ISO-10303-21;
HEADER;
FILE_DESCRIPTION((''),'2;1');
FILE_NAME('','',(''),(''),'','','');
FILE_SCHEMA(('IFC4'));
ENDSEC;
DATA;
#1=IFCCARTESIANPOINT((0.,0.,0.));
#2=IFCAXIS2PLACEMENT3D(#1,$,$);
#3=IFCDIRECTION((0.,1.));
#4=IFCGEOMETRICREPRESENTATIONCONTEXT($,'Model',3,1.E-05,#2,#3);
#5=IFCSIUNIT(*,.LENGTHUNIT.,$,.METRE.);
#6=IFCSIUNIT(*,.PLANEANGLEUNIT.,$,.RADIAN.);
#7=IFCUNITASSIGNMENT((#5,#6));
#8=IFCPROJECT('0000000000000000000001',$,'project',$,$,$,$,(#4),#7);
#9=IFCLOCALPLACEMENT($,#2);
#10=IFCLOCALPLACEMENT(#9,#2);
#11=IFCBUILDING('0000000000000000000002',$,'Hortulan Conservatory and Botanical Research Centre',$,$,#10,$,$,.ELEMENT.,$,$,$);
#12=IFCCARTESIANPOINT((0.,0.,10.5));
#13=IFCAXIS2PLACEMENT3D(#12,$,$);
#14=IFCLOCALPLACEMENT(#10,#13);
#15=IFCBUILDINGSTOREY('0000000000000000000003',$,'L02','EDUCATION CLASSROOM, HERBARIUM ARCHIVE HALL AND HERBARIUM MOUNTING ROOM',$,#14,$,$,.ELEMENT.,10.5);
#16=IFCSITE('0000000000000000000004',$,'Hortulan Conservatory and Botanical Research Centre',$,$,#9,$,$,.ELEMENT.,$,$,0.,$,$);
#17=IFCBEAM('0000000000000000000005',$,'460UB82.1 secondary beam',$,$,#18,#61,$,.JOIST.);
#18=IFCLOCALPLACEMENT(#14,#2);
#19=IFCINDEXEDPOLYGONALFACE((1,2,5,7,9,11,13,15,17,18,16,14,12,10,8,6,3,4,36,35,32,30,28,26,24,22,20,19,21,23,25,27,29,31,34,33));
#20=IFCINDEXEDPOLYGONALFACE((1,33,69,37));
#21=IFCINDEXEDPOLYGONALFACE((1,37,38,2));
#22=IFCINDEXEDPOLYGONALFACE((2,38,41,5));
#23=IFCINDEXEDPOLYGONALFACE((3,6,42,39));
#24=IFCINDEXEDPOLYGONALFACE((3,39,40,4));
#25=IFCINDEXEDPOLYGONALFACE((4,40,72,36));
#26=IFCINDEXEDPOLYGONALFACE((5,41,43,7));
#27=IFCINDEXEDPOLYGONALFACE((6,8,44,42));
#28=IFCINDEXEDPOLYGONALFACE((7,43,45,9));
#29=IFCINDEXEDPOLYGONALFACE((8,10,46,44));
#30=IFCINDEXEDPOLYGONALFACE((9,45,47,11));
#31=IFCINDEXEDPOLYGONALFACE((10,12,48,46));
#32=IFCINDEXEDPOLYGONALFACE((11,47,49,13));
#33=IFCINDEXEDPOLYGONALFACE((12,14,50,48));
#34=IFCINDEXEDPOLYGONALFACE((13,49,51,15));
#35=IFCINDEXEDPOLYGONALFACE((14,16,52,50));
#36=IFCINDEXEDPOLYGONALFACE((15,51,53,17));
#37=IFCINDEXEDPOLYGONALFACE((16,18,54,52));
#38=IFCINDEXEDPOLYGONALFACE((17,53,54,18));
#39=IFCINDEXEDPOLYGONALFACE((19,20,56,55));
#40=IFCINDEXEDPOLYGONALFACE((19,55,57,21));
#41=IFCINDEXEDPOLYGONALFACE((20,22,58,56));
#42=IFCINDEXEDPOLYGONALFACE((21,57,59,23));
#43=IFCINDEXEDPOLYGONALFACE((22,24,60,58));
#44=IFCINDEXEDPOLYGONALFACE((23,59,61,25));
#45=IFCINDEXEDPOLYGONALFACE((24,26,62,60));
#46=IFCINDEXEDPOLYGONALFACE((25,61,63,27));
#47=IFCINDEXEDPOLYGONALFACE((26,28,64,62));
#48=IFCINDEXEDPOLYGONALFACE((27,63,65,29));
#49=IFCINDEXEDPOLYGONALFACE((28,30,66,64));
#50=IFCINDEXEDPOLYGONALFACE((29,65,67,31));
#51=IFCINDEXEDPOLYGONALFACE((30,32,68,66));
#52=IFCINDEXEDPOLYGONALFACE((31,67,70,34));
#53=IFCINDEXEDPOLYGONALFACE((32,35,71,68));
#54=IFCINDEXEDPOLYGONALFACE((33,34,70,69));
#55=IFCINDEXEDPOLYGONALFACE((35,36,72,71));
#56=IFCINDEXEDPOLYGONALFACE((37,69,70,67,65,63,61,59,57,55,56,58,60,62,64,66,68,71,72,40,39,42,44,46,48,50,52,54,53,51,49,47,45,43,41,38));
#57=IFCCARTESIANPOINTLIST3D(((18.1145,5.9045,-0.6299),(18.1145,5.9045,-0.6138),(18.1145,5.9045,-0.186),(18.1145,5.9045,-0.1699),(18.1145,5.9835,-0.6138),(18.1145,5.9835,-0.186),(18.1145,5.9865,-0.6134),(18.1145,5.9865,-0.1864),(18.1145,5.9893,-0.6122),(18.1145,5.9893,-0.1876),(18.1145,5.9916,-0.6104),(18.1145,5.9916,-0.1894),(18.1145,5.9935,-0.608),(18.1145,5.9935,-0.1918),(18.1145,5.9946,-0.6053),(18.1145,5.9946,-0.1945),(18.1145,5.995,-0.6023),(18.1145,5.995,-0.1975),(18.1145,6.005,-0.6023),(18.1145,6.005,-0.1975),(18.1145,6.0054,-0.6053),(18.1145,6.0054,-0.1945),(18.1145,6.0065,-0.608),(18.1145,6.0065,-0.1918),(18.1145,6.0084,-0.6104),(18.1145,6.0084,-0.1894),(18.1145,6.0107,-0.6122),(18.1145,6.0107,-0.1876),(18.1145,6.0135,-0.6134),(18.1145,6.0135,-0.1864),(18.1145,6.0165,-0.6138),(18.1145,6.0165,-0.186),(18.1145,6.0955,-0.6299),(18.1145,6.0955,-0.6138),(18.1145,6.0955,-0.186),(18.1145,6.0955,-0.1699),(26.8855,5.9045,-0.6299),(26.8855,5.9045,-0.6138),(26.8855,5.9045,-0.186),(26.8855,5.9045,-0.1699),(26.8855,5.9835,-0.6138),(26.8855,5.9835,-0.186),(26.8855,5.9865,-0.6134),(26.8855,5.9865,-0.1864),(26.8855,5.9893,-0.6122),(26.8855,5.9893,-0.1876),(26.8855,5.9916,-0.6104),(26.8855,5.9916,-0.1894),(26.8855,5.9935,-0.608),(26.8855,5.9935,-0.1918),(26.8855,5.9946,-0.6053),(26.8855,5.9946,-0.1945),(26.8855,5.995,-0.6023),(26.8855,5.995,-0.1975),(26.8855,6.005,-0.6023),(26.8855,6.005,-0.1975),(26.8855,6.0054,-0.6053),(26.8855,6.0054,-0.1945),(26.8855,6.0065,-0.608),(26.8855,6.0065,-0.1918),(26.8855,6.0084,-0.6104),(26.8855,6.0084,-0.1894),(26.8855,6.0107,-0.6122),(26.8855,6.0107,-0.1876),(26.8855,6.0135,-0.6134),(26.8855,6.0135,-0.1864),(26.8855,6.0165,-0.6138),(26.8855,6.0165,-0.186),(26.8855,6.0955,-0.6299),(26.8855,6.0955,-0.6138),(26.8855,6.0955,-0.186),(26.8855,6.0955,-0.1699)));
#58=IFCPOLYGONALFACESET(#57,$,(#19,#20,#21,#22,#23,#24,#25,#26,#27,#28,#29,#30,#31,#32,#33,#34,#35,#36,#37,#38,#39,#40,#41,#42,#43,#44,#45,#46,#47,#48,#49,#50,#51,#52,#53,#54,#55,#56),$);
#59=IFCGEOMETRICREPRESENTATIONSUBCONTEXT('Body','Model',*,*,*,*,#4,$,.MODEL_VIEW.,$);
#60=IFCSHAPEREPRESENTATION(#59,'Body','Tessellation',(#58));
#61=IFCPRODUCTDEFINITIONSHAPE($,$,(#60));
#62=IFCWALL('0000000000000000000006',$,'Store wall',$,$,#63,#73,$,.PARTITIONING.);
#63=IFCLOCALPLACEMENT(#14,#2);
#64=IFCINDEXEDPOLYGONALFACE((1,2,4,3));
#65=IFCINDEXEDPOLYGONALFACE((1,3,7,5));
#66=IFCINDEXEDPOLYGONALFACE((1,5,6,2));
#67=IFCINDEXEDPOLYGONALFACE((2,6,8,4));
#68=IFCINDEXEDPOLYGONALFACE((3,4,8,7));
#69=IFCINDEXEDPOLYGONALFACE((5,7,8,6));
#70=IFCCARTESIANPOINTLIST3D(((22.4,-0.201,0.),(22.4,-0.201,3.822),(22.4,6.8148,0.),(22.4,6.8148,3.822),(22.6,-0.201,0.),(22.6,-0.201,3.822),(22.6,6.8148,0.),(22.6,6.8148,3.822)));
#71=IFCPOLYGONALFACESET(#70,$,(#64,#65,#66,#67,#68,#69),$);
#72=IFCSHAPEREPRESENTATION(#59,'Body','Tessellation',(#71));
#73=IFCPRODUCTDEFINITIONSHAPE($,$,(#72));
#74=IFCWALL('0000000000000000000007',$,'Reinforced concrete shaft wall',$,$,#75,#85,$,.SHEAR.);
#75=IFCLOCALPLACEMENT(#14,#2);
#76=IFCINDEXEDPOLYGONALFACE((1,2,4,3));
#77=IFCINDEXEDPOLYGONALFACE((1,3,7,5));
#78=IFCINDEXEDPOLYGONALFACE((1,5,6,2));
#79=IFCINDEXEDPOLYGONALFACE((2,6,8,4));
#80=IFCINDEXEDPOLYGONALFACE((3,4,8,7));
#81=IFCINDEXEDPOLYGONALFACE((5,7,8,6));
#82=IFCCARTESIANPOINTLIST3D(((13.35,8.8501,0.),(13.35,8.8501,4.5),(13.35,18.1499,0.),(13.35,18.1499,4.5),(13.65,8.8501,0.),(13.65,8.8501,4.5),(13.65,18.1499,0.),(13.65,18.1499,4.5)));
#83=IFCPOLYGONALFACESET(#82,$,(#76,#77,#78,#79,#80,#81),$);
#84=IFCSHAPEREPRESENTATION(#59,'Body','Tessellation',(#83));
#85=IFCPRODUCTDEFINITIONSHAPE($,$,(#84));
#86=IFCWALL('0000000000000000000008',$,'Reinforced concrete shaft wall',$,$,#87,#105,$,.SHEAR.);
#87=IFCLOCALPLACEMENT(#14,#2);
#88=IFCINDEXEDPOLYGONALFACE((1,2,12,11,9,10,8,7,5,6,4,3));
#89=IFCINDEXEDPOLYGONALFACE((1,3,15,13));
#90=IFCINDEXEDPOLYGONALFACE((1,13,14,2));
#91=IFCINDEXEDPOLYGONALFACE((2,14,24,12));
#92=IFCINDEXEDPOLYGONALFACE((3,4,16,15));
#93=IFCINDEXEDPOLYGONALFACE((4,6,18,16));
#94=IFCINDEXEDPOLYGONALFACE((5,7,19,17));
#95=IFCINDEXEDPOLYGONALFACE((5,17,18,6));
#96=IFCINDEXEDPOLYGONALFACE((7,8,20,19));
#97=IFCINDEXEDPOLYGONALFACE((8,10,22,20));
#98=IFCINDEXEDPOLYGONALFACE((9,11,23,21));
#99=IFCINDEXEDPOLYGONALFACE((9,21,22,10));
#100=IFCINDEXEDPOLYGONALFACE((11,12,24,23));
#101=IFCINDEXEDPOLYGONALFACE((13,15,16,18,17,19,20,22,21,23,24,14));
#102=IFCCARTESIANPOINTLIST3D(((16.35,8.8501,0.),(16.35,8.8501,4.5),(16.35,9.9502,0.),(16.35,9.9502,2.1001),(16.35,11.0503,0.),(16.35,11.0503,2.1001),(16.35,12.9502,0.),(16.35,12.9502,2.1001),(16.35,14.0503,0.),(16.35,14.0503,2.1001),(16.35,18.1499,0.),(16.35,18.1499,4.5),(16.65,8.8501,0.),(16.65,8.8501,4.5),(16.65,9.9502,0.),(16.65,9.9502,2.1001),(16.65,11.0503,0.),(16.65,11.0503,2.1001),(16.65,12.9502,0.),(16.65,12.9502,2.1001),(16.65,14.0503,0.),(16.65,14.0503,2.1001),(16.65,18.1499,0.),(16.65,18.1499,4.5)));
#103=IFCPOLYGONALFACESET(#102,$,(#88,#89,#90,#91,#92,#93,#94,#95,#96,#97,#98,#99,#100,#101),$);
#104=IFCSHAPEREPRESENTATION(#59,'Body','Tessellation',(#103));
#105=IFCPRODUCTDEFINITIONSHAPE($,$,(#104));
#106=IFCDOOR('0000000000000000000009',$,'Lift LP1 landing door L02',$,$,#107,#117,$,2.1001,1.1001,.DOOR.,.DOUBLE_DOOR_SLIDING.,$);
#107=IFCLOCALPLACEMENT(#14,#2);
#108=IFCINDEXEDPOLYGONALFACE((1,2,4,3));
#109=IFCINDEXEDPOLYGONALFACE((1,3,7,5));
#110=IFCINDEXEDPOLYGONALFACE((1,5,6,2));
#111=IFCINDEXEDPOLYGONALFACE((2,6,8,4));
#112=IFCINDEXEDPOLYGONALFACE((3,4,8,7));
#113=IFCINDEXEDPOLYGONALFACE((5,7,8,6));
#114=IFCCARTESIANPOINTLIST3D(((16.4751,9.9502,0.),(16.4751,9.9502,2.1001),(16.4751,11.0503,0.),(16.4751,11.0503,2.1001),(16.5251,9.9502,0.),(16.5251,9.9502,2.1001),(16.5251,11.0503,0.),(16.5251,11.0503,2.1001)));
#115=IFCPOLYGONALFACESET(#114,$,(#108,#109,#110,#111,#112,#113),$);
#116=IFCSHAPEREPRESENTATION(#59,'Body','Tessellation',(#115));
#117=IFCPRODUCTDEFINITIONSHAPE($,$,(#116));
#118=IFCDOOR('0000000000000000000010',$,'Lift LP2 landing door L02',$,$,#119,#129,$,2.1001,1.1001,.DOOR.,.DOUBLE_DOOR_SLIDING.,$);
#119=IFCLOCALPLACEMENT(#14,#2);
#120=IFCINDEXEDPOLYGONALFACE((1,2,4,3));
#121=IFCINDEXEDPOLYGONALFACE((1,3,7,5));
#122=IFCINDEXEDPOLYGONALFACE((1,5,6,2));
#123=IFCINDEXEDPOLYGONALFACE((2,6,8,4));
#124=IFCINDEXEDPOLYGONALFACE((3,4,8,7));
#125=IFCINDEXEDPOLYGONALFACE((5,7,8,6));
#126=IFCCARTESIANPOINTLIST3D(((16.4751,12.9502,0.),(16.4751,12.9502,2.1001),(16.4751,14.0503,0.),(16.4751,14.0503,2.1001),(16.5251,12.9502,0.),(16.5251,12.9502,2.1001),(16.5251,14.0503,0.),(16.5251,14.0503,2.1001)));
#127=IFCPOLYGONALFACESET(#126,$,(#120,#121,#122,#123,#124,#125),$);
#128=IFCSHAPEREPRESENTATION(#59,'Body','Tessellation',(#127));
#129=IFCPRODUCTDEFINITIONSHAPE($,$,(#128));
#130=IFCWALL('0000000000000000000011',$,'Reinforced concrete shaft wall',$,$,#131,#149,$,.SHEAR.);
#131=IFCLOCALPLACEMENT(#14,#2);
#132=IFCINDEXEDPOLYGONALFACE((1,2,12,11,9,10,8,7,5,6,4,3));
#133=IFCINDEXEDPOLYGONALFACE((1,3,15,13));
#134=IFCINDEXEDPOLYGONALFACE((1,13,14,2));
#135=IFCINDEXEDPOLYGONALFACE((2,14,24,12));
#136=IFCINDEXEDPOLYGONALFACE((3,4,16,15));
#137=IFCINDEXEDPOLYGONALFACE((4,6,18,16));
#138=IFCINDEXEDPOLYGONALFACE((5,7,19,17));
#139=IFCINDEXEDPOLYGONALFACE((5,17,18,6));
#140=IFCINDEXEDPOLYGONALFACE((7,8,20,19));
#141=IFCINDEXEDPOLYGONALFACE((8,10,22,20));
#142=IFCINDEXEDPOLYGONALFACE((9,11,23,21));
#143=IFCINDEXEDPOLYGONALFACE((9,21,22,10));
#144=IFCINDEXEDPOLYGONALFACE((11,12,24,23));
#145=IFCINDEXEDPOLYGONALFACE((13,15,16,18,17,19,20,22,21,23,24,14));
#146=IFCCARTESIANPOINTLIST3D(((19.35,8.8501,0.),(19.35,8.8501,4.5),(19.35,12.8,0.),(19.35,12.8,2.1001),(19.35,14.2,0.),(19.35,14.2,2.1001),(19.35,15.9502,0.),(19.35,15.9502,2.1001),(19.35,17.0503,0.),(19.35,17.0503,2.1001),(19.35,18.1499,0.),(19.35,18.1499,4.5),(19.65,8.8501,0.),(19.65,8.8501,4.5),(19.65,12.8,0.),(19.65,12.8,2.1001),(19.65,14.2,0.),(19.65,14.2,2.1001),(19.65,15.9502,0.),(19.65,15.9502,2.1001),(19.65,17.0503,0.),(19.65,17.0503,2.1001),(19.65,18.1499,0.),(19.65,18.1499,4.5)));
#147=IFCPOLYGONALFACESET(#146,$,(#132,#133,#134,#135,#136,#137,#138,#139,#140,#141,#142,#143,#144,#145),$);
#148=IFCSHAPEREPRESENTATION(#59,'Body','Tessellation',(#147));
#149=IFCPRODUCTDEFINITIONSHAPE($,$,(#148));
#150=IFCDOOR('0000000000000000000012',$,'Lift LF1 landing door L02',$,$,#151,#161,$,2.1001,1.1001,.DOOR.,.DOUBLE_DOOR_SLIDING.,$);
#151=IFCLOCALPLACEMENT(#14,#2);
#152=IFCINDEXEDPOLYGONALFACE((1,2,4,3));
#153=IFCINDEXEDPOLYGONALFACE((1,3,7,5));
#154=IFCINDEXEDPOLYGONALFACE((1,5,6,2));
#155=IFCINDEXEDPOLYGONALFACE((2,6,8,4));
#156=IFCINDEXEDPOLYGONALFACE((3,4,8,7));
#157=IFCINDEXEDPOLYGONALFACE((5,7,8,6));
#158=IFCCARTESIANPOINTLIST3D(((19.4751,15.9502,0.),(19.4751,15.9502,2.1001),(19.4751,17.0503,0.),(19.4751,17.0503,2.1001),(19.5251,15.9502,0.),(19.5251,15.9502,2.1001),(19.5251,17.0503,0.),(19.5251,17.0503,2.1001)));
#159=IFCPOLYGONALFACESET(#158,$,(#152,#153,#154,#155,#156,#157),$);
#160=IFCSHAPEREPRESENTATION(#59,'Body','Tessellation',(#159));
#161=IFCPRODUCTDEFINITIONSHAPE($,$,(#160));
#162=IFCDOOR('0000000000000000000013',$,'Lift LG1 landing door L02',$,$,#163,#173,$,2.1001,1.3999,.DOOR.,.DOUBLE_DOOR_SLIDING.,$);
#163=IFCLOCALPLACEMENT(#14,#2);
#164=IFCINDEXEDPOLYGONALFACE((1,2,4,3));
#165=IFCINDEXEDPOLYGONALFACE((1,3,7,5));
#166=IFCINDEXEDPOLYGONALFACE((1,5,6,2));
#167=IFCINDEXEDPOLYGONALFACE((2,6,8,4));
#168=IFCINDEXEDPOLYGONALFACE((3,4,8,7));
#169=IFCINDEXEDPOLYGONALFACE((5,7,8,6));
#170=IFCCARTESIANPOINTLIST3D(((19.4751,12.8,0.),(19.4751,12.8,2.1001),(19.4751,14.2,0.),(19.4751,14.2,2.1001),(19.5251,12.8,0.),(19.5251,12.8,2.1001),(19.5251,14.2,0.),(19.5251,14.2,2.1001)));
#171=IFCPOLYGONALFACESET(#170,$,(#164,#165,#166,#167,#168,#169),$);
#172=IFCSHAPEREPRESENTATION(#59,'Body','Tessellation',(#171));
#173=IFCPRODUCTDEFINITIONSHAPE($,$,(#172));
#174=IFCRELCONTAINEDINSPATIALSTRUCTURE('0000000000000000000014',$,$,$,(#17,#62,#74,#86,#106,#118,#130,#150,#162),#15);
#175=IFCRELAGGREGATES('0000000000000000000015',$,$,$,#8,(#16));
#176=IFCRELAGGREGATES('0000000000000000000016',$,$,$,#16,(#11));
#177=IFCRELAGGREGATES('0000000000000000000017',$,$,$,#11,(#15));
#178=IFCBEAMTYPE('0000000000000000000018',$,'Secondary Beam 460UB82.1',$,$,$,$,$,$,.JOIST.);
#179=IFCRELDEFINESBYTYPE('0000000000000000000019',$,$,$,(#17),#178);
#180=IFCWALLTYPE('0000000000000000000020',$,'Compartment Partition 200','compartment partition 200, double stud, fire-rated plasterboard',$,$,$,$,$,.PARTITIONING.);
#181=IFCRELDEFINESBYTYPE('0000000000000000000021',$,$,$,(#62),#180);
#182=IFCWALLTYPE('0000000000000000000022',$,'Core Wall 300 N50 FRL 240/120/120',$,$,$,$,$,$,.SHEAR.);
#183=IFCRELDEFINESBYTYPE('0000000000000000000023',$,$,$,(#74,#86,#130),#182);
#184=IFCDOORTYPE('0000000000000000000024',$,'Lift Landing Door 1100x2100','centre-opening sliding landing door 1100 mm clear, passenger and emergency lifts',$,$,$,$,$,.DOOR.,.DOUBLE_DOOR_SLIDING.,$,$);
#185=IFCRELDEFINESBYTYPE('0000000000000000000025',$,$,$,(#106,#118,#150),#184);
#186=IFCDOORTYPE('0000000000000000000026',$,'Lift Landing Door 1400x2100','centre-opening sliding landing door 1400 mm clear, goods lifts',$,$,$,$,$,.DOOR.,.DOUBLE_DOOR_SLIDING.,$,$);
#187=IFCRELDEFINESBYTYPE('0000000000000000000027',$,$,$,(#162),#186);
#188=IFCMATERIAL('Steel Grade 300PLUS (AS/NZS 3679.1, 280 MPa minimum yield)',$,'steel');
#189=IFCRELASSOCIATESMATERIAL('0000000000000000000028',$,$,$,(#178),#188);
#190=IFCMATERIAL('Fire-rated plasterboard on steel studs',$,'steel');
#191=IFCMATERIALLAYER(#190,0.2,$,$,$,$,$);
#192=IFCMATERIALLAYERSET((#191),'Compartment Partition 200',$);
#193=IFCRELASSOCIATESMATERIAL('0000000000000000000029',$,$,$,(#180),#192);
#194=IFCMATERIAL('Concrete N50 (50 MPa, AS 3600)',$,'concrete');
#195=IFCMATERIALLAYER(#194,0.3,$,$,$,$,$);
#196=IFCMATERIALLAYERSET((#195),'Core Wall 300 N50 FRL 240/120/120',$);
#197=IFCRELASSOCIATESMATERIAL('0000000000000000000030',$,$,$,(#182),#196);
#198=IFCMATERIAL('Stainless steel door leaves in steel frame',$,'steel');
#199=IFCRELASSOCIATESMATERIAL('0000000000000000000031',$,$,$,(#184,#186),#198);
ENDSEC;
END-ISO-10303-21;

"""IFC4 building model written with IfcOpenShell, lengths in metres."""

from ifc_helpers import new_model, si_unit, direction, frame, frame_2d, origin, origin_2d, place, context, subcontext, project, spatial, rectangle, i_section, extrude, material, layer, layer_set, material_profile, profile_set, type_object, element, fill, save


model = new_model("IFC4")

# Units and contexts
model_context = context("Model", 3, precision=1e-05, world=origin(), true_north=direction((0.0, 1.0)))
body_context = subcontext(model_context, "Body", "Model", "MODEL_VIEW")
ifc_project = project(units=[si_unit("LENGTHUNIT", "METRE"), si_unit("PLANEANGLEUNIT", "RADIAN")], contexts=[model_context])

# Site, building, storey
site_placement = place(None, origin())
site = spatial("IfcSite", under=ifc_project, at=site_placement, Name="Hortulan Conservatory and Botanical Research Centre", CompositionType="ELEMENT", RefElevation=0.0)
building_placement = place(site_placement, origin())
building = spatial("IfcBuilding", under=site, at=building_placement, Name="Hortulan Conservatory and Botanical Research Centre", CompositionType="ELEMENT")
storey_placement = place(building_placement, frame((0.0, 0.0, 10.5)))
storey = spatial("IfcBuildingStorey", under=building, at=storey_placement, Name="L02", Description="EDUCATION CLASSROOM, HERBARIUM ARCHIVE HALL AND HERBARIUM MOUNTING ROOM", CompositionType="ELEMENT", Elevation=10.5)

# Beam
ifc_material_1 = material(Name="Steel Grade 300PLUS (AS/NZS 3679.1, 280 MPa minimum yield)", Category="steel")
ifc_material_profile_1 = material_profile(ifc_material_1, i_section(OverallWidth=0.1909, OverallDepth=0.46, WebThickness=0.01, FlangeThickness=0.0161, FilletRadius=0.0115, at=origin_2d()), Name="460UB82.1")
ifc_profile_set_1 = profile_set([ifc_material_profile_1], Name="Steel Grade 300PLUS (AS/NZS 3679.1, 280 MPa minimum yield)")
beam_type_1 = type_object("IfcBeamType", Name="Secondary Beam 460UB82.1", PredefinedType="JOIST", material=ifc_profile_set_1)
for number, where, z_axis, x_axis, name in (
    (1, (18.1145, 6.0, -0.3999), (1.0, 0.0, 0.0), (0.0, 1.0, 0.0), "460UB82.1 secondary beam"),
):
    element("IfcBeam", number, at=place(storey_placement, frame(where, z_axis=z_axis, x_axis=x_axis)), inside=storey, type_object=beam_type_1, Name=name, PredefinedType="JOIST", context=body_context, shape_type="SweptSolid", body=[
        extrude(i_section(OverallWidth=0.1909, OverallDepth=0.46, WebThickness=0.01, FlangeThickness=0.0161, FilletRadius=0.0115, at=origin_2d()), origin(), (0.0, 0.0, 1.0), 8.771),
    ])

# Walls
ifc_material_2 = material(Name="Fire-rated plasterboard on steel studs", Category="steel")
ifc_layer_1 = layer(ifc_material_2, 0.2)
ifc_layer_set_1 = layer_set([ifc_layer_1], Name="Compartment Partition 200")
wall_type_1 = type_object("IfcWallType", Name="Compartment Partition 200", Description="compartment partition 200, double stud, fire-rated plasterboard", PredefinedType="PARTITIONING", material=ifc_layer_set_1)
wall_1_placement = place(storey_placement, frame((22.5, -0.2009, 0.0), z_axis=(0.0, 0.0, 1.0), x_axis=(0.0, 1.0, 0.0)))
element("IfcWall", 2, at=wall_1_placement, inside=storey, type_object=wall_type_1, Name="Store wall", PredefinedType="PARTITIONING", context=body_context, shape_type="SweptSolid", body=[
    extrude(rectangle(XDim=7.0159, YDim=0.2, at=frame_2d((3.5078, 0.0))), origin(), (0.0, 0.0, 1.0), 3.822),
])
ifc_material_3 = material(Name="Concrete N50 (50 MPa, AS 3600)", Category="concrete")
ifc_layer_2 = layer(ifc_material_3, 0.3)
ifc_layer_set_2 = layer_set([ifc_layer_2], Name="Core Wall 300 N50 FRL 240/120/120")
wall_type_2 = type_object("IfcWallType", Name="Core Wall 300 N50 FRL 240/120/120", PredefinedType="SHEAR", material=ifc_layer_set_2)
wall_2_placement = place(storey_placement, frame((13.5, 8.8501, 0.0), z_axis=(0.0, 0.0, 1.0), x_axis=(0.0, 1.0, 0.0)))
element("IfcWall", 3, at=wall_2_placement, inside=storey, type_object=wall_type_2, Name="Reinforced concrete shaft wall", PredefinedType="SHEAR", context=body_context, shape_type="SweptSolid", body=[
    extrude(rectangle(XDim=9.2998, YDim=0.3, at=frame_2d((4.6499, 0.0))), origin(), (0.0, 0.0, 1.0), 4.5),
])

# Walls, openings, doors
wall_3_placement = place(storey_placement, frame((16.5, 8.8501, 0.0), z_axis=(0.0, 0.0, 1.0), x_axis=(0.0, 1.0, 0.0)))
wall_3 = element("IfcWall", 4, at=wall_3_placement, inside=storey, type_object=wall_type_2, Name="Reinforced concrete shaft wall", PredefinedType="SHEAR", context=body_context, shape_type="SweptSolid", body=[
    extrude(rectangle(XDim=9.2998, YDim=0.3, at=frame_2d((4.6499, 0.0))), origin(), (0.0, 0.0, 1.0), 4.5),
])
opening_1_placement = place(wall_3_placement, frame((1.1001, 0.0, 0.0)))
opening_1 = element("IfcOpeningElement", 5, at=opening_1_placement, cuts=wall_3, PredefinedType="OPENING", context=body_context, shape_type="SweptSolid", body=[
    extrude(rectangle(XDim=1.1001, YDim=2.1001, at=frame_2d((0.55, 1.05))), frame((0.0, 0.1599, 0.0), z_axis=(0.0, -1.0, 0.0), x_axis=(1.0, 0.0, 0.0)), (0.0, 0.0, 1.0), 0.3201),
])
opening_2_placement = place(wall_3_placement, frame((4.1001, 0.0, 0.0)))
opening_2 = element("IfcOpeningElement", 6, at=opening_2_placement, cuts=wall_3, PredefinedType="OPENING", context=body_context, shape_type="SweptSolid", body=[
    extrude(rectangle(XDim=1.1001, YDim=2.1001, at=frame_2d((0.55, 1.05))), frame((0.0, 0.1599, 0.0), z_axis=(0.0, -1.0, 0.0), x_axis=(1.0, 0.0, 0.0)), (0.0, 0.0, 1.0), 0.3201),
])
ifc_material_4 = material(Name="Stainless steel door leaves in steel frame", Category="steel")
door_type_1 = type_object("IfcDoorType", Name="Lift Landing Door 1100x2100", Description="centre-opening sliding landing door 1100 mm clear, passenger and emergency lifts", OperationType="DOUBLE_DOOR_SLIDING", PredefinedType="DOOR", material=ifc_material_4)
door_1_placement = place(opening_1_placement, origin())
door_1 = element("IfcDoor", 7, at=door_1_placement, inside=storey, type_object=door_type_1, Name="Lift LP1 landing door L02", OperationType="DOUBLE_DOOR_SLIDING", OverallHeight=2.1001, OverallWidth=1.1001, PredefinedType="DOOR", context=body_context, shape_type="SweptSolid", body=[
    extrude(rectangle(XDim=1.1001, YDim=2.1001, at=frame_2d((0.55, 1.05))), frame((0.0, 0.0249, 0.0), z_axis=(0.0, -1.0, 0.0), x_axis=(1.0, 0.0, 0.0)), (0.0, 0.0, 1.0), 0.05),
])
fill(opening_1, door_1)
door_2_placement = place(opening_2_placement, origin())
door_2 = element("IfcDoor", 8, at=door_2_placement, inside=storey, type_object=door_type_1, Name="Lift LP2 landing door L02", OperationType="DOUBLE_DOOR_SLIDING", OverallHeight=2.1001, OverallWidth=1.1001, PredefinedType="DOOR", context=body_context, shape_type="SweptSolid", body=[
    extrude(rectangle(XDim=1.1001, YDim=2.1001, at=frame_2d((0.55, 1.05))), frame((0.0, 0.0249, 0.0), z_axis=(0.0, -1.0, 0.0), x_axis=(1.0, 0.0, 0.0)), (0.0, 0.0, 1.0), 0.05),
])
fill(opening_2, door_2)
wall_4_placement = place(storey_placement, frame((19.5, 8.8501, 0.0), z_axis=(0.0, 0.0, 1.0), x_axis=(0.0, 1.0, 0.0)))
wall_4 = element("IfcWall", 9, at=wall_4_placement, inside=storey, type_object=wall_type_2, Name="Reinforced concrete shaft wall", PredefinedType="SHEAR", context=body_context, shape_type="SweptSolid", body=[
    extrude(rectangle(XDim=9.2998, YDim=0.3, at=frame_2d((4.6499, 0.0))), origin(), (0.0, 0.0, 1.0), 4.5),
])
opening_3_placement = place(wall_4_placement, frame((3.95, 0.0, 0.0)))
opening_3 = element("IfcOpeningElement", 10, at=opening_3_placement, cuts=wall_4, PredefinedType="OPENING", context=body_context, shape_type="SweptSolid", body=[
    extrude(rectangle(XDim=1.3999, YDim=2.1001, at=frame_2d((0.7, 1.05))), frame((0.0, 0.1599, 0.0), z_axis=(0.0, -1.0, 0.0), x_axis=(1.0, 0.0, 0.0)), (0.0, 0.0, 1.0), 0.3201),
])
opening_4_placement = place(wall_4_placement, frame((7.1001, 0.0, 0.0)))
opening_4 = element("IfcOpeningElement", 11, at=opening_4_placement, cuts=wall_4, PredefinedType="OPENING", context=body_context, shape_type="SweptSolid", body=[
    extrude(rectangle(XDim=1.1001, YDim=2.1001, at=frame_2d((0.55, 1.05))), frame((0.0, 0.1599, 0.0), z_axis=(0.0, -1.0, 0.0), x_axis=(1.0, 0.0, 0.0)), (0.0, 0.0, 1.0), 0.3201),
])
door_3_placement = place(opening_4_placement, origin())
door_3 = element("IfcDoor", 12, at=door_3_placement, inside=storey, type_object=door_type_1, Name="Lift LF1 landing door L02", OperationType="DOUBLE_DOOR_SLIDING", OverallHeight=2.1001, OverallWidth=1.1001, PredefinedType="DOOR", context=body_context, shape_type="SweptSolid", body=[
    extrude(rectangle(XDim=1.1001, YDim=2.1001, at=frame_2d((0.55, 1.05))), frame((0.0, 0.0249, 0.0), z_axis=(0.0, -1.0, 0.0), x_axis=(1.0, 0.0, 0.0)), (0.0, 0.0, 1.0), 0.05),
])
fill(opening_4, door_3)
door_type_2 = type_object("IfcDoorType", Name="Lift Landing Door 1400x2100", Description="centre-opening sliding landing door 1400 mm clear, goods lifts", OperationType="DOUBLE_DOOR_SLIDING", PredefinedType="DOOR", material=ifc_material_4)
door_4_placement = place(opening_3_placement, origin())
door_4 = element("IfcDoor", 13, at=door_4_placement, inside=storey, type_object=door_type_2, Name="Lift LG1 landing door L02", OperationType="DOUBLE_DOOR_SLIDING", OverallHeight=2.1001, OverallWidth=1.3999, PredefinedType="DOOR", context=body_context, shape_type="SweptSolid", body=[
    extrude(rectangle(XDim=1.3999, YDim=2.1001, at=frame_2d((0.7, 1.05))), frame((0.0, 0.0249, 0.0), z_axis=(0.0, -1.0, 0.0), x_axis=(1.0, 0.0, 0.0)), (0.0, 0.0, 1.0), 0.05),
])
fill(opening_3, door_4)

save(model, "model.ifc")
